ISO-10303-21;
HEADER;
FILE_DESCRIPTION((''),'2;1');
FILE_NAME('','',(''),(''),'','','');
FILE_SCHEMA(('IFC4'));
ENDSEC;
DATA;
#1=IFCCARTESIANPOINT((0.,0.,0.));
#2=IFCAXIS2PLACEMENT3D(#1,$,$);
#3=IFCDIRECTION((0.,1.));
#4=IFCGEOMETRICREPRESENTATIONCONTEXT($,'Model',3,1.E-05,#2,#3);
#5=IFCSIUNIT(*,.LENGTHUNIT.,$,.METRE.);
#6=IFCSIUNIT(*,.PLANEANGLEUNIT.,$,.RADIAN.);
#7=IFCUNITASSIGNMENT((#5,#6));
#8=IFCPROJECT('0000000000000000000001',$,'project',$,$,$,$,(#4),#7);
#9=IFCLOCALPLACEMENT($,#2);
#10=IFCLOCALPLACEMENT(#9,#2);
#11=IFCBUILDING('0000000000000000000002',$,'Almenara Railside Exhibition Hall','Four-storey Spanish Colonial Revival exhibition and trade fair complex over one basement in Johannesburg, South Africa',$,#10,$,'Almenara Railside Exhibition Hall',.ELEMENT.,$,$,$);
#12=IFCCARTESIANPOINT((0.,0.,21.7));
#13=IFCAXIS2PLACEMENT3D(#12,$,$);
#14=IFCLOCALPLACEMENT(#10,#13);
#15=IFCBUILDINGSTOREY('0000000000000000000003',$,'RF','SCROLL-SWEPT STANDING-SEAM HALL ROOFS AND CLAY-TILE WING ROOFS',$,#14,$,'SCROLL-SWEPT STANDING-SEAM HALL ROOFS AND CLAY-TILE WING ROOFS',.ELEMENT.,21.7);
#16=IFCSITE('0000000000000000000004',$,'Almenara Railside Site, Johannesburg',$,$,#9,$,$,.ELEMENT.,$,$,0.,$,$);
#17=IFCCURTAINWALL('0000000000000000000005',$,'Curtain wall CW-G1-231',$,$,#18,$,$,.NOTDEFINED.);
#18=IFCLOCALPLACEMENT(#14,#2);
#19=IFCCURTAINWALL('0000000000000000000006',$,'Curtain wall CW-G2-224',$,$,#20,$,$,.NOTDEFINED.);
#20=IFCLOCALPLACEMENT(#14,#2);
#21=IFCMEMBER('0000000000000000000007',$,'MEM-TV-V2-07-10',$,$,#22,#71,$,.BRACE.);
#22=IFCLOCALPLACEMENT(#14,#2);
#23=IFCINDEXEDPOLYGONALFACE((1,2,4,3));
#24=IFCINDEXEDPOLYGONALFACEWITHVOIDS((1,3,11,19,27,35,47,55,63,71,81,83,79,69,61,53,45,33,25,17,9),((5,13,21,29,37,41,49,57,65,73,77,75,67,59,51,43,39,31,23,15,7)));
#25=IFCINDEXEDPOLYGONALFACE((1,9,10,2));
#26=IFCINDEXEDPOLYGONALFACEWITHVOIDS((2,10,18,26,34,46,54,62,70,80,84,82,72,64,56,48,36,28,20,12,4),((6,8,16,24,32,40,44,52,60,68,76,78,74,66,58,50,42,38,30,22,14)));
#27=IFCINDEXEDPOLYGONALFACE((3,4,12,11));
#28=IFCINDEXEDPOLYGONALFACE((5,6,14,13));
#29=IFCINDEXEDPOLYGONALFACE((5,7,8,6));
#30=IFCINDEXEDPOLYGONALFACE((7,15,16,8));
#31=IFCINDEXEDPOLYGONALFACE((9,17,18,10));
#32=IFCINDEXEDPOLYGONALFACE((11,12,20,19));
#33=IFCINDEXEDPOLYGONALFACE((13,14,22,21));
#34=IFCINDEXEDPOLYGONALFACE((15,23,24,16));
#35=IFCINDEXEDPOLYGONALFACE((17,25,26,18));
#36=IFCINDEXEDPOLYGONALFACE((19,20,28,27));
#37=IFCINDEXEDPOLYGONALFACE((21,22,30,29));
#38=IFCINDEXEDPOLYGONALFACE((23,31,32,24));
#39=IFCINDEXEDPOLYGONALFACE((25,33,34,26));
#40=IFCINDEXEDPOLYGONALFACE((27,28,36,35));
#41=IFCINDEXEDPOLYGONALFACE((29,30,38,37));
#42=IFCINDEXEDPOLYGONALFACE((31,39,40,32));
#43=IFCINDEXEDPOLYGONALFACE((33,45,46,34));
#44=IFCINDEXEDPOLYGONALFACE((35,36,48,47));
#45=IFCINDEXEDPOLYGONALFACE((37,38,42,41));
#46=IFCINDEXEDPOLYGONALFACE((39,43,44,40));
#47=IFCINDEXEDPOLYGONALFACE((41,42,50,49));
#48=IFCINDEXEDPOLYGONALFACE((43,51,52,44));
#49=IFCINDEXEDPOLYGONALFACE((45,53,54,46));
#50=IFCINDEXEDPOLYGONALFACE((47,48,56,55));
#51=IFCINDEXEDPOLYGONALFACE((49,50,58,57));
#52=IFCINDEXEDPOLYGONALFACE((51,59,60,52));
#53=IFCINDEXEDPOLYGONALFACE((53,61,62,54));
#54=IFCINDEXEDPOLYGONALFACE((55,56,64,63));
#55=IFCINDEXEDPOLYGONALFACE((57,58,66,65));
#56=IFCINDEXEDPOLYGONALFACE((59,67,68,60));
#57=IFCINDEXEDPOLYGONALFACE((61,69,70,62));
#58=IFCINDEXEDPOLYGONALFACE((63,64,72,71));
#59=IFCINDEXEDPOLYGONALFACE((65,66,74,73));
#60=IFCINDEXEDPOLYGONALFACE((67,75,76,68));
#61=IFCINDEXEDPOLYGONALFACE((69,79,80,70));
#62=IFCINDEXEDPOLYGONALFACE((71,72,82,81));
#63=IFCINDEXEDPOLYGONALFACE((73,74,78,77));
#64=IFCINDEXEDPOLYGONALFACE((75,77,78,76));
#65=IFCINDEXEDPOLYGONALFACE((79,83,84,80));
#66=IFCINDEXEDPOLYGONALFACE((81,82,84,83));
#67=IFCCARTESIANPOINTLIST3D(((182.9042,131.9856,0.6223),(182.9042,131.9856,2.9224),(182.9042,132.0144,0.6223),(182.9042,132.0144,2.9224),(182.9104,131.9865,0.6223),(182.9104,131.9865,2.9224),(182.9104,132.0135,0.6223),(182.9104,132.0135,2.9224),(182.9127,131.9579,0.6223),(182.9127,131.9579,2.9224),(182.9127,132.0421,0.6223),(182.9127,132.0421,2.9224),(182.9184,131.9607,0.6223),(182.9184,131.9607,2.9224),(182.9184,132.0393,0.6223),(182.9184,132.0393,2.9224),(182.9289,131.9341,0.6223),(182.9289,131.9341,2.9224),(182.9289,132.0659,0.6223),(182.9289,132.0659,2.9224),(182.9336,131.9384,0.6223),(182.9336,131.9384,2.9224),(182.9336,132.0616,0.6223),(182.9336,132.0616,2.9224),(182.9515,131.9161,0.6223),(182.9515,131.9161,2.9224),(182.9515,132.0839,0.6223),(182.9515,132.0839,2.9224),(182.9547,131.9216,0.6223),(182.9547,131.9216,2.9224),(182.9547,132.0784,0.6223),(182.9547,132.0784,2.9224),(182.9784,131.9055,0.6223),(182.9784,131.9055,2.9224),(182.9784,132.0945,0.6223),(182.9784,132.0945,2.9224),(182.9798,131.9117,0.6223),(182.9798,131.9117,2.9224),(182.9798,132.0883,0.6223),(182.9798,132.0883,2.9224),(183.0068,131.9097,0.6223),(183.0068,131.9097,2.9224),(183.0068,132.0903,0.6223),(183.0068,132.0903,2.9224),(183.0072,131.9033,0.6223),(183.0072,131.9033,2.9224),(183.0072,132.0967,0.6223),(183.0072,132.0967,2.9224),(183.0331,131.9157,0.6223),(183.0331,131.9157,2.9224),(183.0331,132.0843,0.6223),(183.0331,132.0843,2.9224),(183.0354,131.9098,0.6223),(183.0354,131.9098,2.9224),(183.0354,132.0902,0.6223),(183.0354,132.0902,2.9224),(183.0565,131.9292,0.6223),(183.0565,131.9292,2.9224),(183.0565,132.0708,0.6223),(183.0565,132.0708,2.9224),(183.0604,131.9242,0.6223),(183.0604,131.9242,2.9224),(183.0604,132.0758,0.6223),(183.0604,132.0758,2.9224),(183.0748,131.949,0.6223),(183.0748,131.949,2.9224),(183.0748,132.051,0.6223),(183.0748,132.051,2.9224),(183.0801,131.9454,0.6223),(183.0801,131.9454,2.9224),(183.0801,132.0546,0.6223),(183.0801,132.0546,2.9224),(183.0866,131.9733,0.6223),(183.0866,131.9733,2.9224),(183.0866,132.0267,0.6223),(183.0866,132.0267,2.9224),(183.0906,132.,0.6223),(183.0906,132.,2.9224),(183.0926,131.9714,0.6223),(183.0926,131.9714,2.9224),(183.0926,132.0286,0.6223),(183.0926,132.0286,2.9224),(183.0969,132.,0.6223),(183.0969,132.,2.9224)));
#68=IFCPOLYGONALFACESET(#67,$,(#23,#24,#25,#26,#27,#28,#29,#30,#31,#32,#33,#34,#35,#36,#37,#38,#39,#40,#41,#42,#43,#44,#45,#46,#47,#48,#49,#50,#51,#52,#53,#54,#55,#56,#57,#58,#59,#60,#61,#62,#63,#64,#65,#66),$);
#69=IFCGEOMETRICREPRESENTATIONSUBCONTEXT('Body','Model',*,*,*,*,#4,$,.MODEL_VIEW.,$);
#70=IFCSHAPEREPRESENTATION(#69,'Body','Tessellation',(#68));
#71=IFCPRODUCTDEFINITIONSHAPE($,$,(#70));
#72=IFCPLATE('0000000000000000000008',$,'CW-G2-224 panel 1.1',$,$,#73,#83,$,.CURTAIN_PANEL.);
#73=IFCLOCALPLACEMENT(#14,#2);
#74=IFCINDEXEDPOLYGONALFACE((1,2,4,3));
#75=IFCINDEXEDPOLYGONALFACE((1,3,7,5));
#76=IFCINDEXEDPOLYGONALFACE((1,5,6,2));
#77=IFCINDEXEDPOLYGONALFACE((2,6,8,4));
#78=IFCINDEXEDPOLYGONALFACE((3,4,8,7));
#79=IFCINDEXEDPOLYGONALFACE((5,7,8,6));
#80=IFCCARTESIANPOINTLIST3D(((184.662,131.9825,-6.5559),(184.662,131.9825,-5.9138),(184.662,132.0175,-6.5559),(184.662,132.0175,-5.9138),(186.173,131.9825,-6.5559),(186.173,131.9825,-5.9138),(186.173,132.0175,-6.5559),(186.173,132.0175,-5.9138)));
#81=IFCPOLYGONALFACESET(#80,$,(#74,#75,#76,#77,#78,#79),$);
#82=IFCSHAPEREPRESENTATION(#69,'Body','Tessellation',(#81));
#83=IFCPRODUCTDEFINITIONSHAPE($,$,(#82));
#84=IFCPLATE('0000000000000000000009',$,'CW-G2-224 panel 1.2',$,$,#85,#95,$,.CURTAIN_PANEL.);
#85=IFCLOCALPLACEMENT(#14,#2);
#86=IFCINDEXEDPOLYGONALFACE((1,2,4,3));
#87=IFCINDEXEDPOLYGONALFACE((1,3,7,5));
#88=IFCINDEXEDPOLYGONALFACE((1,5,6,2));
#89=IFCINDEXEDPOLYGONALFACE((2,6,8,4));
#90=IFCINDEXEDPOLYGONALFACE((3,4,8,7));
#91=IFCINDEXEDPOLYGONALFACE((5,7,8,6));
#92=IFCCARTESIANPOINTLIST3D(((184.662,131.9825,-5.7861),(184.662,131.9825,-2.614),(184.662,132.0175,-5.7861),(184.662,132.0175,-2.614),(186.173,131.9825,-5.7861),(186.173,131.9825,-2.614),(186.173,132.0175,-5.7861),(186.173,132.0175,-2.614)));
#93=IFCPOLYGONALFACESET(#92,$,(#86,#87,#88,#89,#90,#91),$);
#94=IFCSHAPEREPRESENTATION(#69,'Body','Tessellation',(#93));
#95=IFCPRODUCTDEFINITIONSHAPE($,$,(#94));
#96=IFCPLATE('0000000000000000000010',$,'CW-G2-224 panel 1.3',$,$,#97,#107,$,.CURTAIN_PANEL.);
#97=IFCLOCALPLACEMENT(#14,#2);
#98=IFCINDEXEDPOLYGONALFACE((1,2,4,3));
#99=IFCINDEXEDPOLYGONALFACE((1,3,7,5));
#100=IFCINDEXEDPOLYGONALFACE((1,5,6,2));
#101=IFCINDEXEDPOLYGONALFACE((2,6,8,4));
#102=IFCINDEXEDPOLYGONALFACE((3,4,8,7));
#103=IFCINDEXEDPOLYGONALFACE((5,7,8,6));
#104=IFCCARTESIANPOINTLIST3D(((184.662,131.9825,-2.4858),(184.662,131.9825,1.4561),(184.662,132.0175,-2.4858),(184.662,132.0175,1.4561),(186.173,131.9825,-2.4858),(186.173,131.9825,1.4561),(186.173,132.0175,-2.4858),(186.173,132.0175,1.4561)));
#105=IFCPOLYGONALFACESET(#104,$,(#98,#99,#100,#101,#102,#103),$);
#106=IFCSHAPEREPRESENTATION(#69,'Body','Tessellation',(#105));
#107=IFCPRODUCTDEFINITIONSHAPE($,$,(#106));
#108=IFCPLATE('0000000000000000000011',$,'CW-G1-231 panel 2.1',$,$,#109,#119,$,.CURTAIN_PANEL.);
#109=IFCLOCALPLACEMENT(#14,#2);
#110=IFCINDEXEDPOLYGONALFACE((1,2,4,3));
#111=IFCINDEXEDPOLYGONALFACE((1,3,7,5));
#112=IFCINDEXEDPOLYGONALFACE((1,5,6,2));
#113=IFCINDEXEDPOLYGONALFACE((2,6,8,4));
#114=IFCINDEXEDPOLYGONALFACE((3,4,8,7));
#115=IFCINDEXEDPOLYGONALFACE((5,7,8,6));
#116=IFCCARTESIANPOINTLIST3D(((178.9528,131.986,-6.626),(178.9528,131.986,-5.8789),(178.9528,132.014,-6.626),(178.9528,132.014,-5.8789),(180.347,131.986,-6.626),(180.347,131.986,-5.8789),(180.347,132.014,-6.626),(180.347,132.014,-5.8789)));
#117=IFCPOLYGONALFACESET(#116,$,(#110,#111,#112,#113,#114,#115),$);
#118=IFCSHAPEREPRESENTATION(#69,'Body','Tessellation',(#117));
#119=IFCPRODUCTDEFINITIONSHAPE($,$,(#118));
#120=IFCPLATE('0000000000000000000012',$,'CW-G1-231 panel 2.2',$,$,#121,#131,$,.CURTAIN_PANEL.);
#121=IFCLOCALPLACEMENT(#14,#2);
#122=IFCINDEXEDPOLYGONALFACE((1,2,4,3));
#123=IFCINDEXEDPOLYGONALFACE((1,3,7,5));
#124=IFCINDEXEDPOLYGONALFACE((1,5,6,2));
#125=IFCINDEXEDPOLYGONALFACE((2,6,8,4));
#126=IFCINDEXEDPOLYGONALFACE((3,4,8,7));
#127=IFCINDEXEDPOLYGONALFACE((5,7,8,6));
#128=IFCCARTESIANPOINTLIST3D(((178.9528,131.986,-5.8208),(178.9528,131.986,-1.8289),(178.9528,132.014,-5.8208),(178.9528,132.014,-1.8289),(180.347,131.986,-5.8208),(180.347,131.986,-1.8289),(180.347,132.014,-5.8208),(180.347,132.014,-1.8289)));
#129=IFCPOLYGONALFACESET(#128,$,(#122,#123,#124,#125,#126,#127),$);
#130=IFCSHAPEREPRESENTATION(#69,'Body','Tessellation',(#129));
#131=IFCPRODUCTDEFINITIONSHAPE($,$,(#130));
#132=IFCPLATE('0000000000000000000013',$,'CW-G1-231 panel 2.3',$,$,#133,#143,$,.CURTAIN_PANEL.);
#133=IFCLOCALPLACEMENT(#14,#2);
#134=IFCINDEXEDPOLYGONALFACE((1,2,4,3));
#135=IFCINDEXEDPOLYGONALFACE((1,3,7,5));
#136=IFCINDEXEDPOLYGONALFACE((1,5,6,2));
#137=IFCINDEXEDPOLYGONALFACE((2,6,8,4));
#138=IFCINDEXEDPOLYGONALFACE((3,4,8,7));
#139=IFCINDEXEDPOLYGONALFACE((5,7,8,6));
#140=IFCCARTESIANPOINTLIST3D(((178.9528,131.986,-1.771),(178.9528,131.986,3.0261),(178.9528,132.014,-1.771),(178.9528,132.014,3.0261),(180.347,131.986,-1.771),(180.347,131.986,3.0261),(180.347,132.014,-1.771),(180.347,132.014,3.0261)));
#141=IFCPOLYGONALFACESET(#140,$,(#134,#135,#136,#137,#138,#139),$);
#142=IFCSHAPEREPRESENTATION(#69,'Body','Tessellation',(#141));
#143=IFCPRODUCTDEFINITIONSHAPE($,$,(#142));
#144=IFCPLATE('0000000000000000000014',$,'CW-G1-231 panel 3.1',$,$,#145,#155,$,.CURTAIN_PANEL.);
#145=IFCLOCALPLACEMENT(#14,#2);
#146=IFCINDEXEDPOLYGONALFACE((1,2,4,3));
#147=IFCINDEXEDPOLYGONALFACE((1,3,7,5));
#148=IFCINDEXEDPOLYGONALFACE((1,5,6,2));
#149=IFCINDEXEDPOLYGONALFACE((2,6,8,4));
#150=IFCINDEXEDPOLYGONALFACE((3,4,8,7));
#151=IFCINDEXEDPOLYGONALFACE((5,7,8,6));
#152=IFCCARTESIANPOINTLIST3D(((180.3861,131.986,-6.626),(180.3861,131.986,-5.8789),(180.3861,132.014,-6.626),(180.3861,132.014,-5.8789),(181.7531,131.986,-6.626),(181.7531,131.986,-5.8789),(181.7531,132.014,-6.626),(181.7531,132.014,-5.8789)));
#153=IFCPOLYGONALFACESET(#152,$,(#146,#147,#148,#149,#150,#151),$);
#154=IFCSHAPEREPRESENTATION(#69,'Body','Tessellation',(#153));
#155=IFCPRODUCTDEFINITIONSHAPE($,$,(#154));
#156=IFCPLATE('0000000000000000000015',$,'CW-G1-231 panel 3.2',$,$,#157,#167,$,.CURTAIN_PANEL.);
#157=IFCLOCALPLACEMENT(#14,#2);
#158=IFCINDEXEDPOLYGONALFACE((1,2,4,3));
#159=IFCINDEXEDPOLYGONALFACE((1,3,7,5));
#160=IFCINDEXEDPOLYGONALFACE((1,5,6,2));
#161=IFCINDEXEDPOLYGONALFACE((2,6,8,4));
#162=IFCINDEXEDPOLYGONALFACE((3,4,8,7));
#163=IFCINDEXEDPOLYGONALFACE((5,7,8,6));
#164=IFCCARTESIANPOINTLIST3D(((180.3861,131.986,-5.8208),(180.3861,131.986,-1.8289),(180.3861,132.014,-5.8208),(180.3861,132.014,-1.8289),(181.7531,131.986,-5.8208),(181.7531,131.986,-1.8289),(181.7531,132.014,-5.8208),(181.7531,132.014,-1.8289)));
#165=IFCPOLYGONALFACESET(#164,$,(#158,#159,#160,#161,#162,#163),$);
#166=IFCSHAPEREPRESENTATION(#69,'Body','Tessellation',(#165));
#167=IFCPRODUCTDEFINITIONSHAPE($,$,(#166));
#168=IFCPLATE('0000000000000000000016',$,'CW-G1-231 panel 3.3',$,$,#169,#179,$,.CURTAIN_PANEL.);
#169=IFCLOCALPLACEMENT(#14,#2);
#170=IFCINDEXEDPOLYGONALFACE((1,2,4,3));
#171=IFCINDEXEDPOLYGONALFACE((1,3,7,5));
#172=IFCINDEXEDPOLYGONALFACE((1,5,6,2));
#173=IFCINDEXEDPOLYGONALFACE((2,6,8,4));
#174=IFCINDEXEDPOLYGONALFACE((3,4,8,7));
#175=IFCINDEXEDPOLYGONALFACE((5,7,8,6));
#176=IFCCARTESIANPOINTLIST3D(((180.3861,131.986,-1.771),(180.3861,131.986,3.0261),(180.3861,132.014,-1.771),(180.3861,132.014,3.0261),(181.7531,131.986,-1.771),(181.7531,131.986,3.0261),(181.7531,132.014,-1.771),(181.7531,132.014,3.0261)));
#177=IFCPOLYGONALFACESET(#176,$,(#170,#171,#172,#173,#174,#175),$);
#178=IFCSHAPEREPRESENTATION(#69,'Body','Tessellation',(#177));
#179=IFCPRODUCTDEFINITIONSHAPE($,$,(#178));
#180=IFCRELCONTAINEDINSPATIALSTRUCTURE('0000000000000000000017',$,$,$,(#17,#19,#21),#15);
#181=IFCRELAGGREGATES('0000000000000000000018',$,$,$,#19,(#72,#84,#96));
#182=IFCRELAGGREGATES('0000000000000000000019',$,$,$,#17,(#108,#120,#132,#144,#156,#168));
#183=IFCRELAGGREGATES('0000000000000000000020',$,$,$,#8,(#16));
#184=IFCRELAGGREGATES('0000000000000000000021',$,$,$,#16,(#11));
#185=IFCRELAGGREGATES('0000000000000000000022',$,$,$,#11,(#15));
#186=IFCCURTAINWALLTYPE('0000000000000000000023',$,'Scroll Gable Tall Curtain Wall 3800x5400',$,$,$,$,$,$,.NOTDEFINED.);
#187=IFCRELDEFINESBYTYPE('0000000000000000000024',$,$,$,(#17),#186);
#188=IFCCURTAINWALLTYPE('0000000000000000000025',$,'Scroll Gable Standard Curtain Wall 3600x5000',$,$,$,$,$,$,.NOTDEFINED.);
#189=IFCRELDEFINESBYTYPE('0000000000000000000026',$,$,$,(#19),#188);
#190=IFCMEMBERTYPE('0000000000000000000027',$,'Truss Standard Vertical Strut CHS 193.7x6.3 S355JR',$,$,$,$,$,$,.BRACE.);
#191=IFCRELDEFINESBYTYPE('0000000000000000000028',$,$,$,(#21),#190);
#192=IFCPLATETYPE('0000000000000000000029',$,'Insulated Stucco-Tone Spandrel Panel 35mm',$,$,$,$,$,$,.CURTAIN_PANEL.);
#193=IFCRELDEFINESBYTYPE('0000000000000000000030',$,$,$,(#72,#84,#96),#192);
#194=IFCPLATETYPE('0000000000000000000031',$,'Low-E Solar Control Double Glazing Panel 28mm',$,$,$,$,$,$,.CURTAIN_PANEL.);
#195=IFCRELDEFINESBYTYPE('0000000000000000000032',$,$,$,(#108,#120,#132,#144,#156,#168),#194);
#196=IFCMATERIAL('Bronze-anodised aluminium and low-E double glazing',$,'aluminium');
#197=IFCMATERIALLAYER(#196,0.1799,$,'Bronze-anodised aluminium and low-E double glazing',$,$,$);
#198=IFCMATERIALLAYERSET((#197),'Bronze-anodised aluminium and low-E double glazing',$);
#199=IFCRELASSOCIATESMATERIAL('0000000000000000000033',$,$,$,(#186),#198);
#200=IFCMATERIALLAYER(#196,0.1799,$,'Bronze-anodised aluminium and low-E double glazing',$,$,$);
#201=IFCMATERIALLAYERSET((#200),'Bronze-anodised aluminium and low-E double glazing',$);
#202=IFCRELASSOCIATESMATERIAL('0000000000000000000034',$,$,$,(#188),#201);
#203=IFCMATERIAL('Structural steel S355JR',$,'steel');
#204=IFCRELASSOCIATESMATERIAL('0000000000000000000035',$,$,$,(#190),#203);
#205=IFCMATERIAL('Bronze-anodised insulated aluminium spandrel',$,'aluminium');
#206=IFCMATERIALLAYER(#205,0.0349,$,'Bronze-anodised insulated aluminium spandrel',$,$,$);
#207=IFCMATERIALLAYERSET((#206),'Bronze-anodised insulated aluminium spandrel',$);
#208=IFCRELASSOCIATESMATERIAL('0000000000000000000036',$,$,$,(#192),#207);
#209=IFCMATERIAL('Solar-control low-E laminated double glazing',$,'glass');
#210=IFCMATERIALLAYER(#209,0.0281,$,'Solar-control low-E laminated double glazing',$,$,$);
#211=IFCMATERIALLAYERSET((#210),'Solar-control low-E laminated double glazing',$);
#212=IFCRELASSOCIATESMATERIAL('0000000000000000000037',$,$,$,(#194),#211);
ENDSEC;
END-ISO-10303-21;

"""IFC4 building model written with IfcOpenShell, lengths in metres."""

from ifc_helpers import new_model, si_unit, direction, frame, origin, origin_2d, place, context, subcontext, project, spatial, rectangle, hollow_circle, extrude, material, layer, layer_set, material_profile, profile_set, type_object, element, aggregate, save


model = new_model("IFC4")

# Units and contexts
model_context = context("Model", 3, precision=1e-05, world=origin(), true_north=direction((0.0, 1.0)))
body_context = subcontext(model_context, "Body", "Model", "MODEL_VIEW")
ifc_project = project(units=[si_unit("LENGTHUNIT", "METRE"), si_unit("PLANEANGLEUNIT", "RADIAN")], contexts=[model_context])

# Site, building, storey
site_placement = place(None, origin())
site = spatial("IfcSite", under=ifc_project, at=site_placement, Name="Almenara Railside Site, Johannesburg", CompositionType="ELEMENT", RefElevation=0.0)
building_placement = place(site_placement, origin())
building = spatial("IfcBuilding", under=site, at=building_placement, Name="Almenara Railside Exhibition Hall", Description="Four-storey Spanish Colonial Revival exhibition and trade fair complex over one basement in Johannesburg, South Africa", LongName="Almenara Railside Exhibition Hall", CompositionType="ELEMENT")
storey_placement = place(building_placement, frame((0.0, 0.0, 21.7)))
storey = spatial("IfcBuildingStorey", under=building, at=storey_placement, Name="RF", Description="SCROLL-SWEPT STANDING-SEAM HALL ROOFS AND CLAY-TILE WING ROOFS", LongName="SCROLL-SWEPT STANDING-SEAM HALL ROOFS AND CLAY-TILE WING ROOFS", CompositionType="ELEMENT", Elevation=21.7)

# Shared definitions
ifc_material_1 = material(Name="Structural steel S355JR", Category="steel")

# Curtain walls
ifc_material_2 = material(Name="Bronze-anodised aluminium and low-E double glazing", Category="aluminium")
ifc_layer_1 = layer(ifc_material_2, 0.1799, Name="Bronze-anodised aluminium and low-E double glazing")
ifc_layer_set_1 = layer_set([ifc_layer_1], Name="Bronze-anodised aluminium and low-E double glazing")
curtain_wall_type_1 = type_object("IfcCurtainWallType", Name="Scroll Gable Tall Curtain Wall 3800x5400", PredefinedType="NOTDEFINED", material=ifc_layer_set_1)
curtain_wall_1_placement = place(storey_placement, origin())
curtain_wall_1 = element("IfcCurtainWall", 1, at=curtain_wall_1_placement, inside=storey, type_object=curtain_wall_type_1, Name="Curtain wall CW-G1-231", PredefinedType="NOTDEFINED")
ifc_layer_2 = layer(ifc_material_2, 0.1799, Name="Bronze-anodised aluminium and low-E double glazing")
ifc_layer_set_2 = layer_set([ifc_layer_2], Name="Bronze-anodised aluminium and low-E double glazing")
curtain_wall_type_2 = type_object("IfcCurtainWallType", Name="Scroll Gable Standard Curtain Wall 3600x5000", PredefinedType="NOTDEFINED", material=ifc_layer_set_2)
curtain_wall_2_placement = place(storey_placement, origin())
curtain_wall_2 = element("IfcCurtainWall", 2, at=curtain_wall_2_placement, inside=storey, type_object=curtain_wall_type_2, Name="Curtain wall CW-G2-224", PredefinedType="NOTDEFINED")

# Member
ifc_material_profile_1 = material_profile(ifc_material_1, hollow_circle(Radius=0.0969, WallThickness=0.0063, at=origin_2d()), Name="CHS 193.7x6.3")
ifc_profile_set_1 = profile_set([ifc_material_profile_1], Name="Structural steel S355JR")
member_type_1 = type_object("IfcMemberType", Name="Truss Standard Vertical Strut CHS 193.7x6.3 S355JR", PredefinedType="BRACE", material=ifc_profile_set_1)
member_1_placement = place(storey_placement, frame((183.0, 132.0, 0.6223), z_axis=(0.0, 0.0, 1.0), x_axis=(1.0, 0.0, 0.0)))
element("IfcMember", 3, at=member_1_placement, inside=storey, type_object=member_type_1, Name="MEM-TV-V2-07-10", PredefinedType="BRACE", context=body_context, shape_type="SweptSolid", body=[
    extrude(hollow_circle(Radius=0.0969, WallThickness=0.0063, at=origin_2d()), origin(), (0.0, 0.0, 1.0), 2.3),
])

# Plates
ifc_material_3 = material(Name="Bronze-anodised insulated aluminium spandrel", Category="aluminium")
ifc_layer_3 = layer(ifc_material_3, 0.0349, Name="Bronze-anodised insulated aluminium spandrel")
ifc_layer_set_3 = layer_set([ifc_layer_3], Name="Bronze-anodised insulated aluminium spandrel")
plate_type_1 = type_object("IfcPlateType", Name="Insulated Stucco-Tone Spandrel Panel 35mm", PredefinedType="CURTAIN_PANEL", material=ifc_layer_set_3)
plate_1_placement = place(storey_placement, frame((185.4175, 132.0, -6.5559), z_axis=(0.0, 0.0, 1.0), x_axis=(1.0, 0.0, 0.0)))
plate_1 = element("IfcPlate", 4, at=plate_1_placement, type_object=plate_type_1, Name="CW-G2-224 panel 1.1", PredefinedType="CURTAIN_PANEL", context=body_context, shape_type="SweptSolid", body=[
    extrude(rectangle(XDim=1.511, YDim=0.0349, at=origin_2d()), origin(), (0.0, 0.0, 1.0), 0.6421),
])
plate_2_placement = place(storey_placement, frame((185.4175, 132.0, -5.7861), z_axis=(0.0, 0.0, 1.0), x_axis=(1.0, 0.0, 0.0)))
plate_2 = element("IfcPlate", 5, at=plate_2_placement, type_object=plate_type_1, Name="CW-G2-224 panel 1.2", PredefinedType="CURTAIN_PANEL", context=body_context, shape_type="SweptSolid", body=[
    extrude(rectangle(XDim=1.511, YDim=0.0349, at=origin_2d()), origin(), (0.0, 0.0, 1.0), 3.1721),
])
plate_3_placement = place(storey_placement, frame((185.4175, 132.0, -2.4858), z_axis=(0.0, 0.0, 1.0), x_axis=(1.0, 0.0, 0.0)))
plate_3 = element("IfcPlate", 6, at=plate_3_placement, type_object=plate_type_1, Name="CW-G2-224 panel 1.3", PredefinedType="CURTAIN_PANEL", context=body_context, shape_type="SweptSolid", body=[
    extrude(rectangle(XDim=1.511, YDim=0.0349, at=origin_2d()), origin(), (0.0, 0.0, 1.0), 3.9419),
])
aggregate(curtain_wall_2, [plate_1, plate_2, plate_3])
ifc_material_4 = material(Name="Solar-control low-E laminated double glazing", Category="glass")
ifc_layer_4 = layer(ifc_material_4, 0.0281, Name="Solar-control low-E laminated double glazing")
ifc_layer_set_4 = layer_set([ifc_layer_4], Name="Solar-control low-E laminated double glazing")
plate_type_2 = type_object("IfcPlateType", Name="Low-E Solar Control Double Glazing Panel 28mm", PredefinedType="CURTAIN_PANEL", material=ifc_layer_set_4)
plate_4_placement = place(storey_placement, frame((179.6499, 132.0, -6.626), z_axis=(0.0, 0.0, 1.0), x_axis=(1.0, 0.0, 0.0)))
plate_4 = element("IfcPlate", 7, at=plate_4_placement, type_object=plate_type_2, Name="CW-G1-231 panel 2.1", PredefinedType="CURTAIN_PANEL", context=body_context, shape_type="SweptSolid", body=[
    extrude(rectangle(XDim=1.3943, YDim=0.0281, at=origin_2d()), origin(), (0.0, 0.0, 1.0), 0.7471),
])
plate_5_placement = place(storey_placement, frame((179.6499, 132.0, -5.8208), z_axis=(0.0, 0.0, 1.0), x_axis=(1.0, 0.0, 0.0)))
plate_5 = element("IfcPlate", 8, at=plate_5_placement, type_object=plate_type_2, Name="CW-G1-231 panel 2.2", PredefinedType="CURTAIN_PANEL", context=body_context, shape_type="SweptSolid", body=[
    extrude(rectangle(XDim=1.3943, YDim=0.0281, at=origin_2d()), origin(), (0.0, 0.0, 1.0), 3.9919),
])
plate_6_placement = place(storey_placement, frame((179.6499, 132.0, -1.771), z_axis=(0.0, 0.0, 1.0), x_axis=(1.0, 0.0, 0.0)))
plate_6 = element("IfcPlate", 9, at=plate_6_placement, type_object=plate_type_2, Name="CW-G1-231 panel 2.3", PredefinedType="CURTAIN_PANEL", context=body_context, shape_type="SweptSolid", body=[
    extrude(rectangle(XDim=1.3943, YDim=0.0281, at=origin_2d()), origin(), (0.0, 0.0, 1.0), 4.7971),
])
plate_7_placement = place(storey_placement, frame((181.0696, 132.0, -6.626), z_axis=(0.0, 0.0, 1.0), x_axis=(1.0, 0.0, 0.0)))
plate_7 = element("IfcPlate", 10, at=plate_7_placement, type_object=plate_type_2, Name="CW-G1-231 panel 3.1", PredefinedType="CURTAIN_PANEL", context=body_context, shape_type="SweptSolid", body=[
    extrude(rectangle(XDim=1.3669, YDim=0.0281, at=origin_2d()), origin(), (0.0, 0.0, 1.0), 0.7471),
])
plate_8_placement = place(storey_placement, frame((181.0696, 132.0, -5.8208), z_axis=(0.0, 0.0, 1.0), x_axis=(1.0, 0.0, 0.0)))
plate_8 = element("IfcPlate", 11, at=plate_8_placement, type_object=plate_type_2, Name="CW-G1-231 panel 3.2", PredefinedType="CURTAIN_PANEL", context=body_context, shape_type="SweptSolid", body=[
    extrude(rectangle(XDim=1.3669, YDim=0.0281, at=origin_2d()), origin(), (0.0, 0.0, 1.0), 3.9919),
])
plate_9_placement = place(storey_placement, frame((181.0696, 132.0, -1.771), z_axis=(0.0, 0.0, 1.0), x_axis=(1.0, 0.0, 0.0)))
plate_9 = element("IfcPlate", 12, at=plate_9_placement, type_object=plate_type_2, Name="CW-G1-231 panel 3.3", PredefinedType="CURTAIN_PANEL", context=body_context, shape_type="SweptSolid", body=[
    extrude(rectangle(XDim=1.3669, YDim=0.0281, at=origin_2d()), origin(), (0.0, 0.0, 1.0), 4.7971),
])
aggregate(curtain_wall_1, [plate_4, plate_5, plate_6, plate_7, plate_8, plate_9])

save(model, "model.ifc")
